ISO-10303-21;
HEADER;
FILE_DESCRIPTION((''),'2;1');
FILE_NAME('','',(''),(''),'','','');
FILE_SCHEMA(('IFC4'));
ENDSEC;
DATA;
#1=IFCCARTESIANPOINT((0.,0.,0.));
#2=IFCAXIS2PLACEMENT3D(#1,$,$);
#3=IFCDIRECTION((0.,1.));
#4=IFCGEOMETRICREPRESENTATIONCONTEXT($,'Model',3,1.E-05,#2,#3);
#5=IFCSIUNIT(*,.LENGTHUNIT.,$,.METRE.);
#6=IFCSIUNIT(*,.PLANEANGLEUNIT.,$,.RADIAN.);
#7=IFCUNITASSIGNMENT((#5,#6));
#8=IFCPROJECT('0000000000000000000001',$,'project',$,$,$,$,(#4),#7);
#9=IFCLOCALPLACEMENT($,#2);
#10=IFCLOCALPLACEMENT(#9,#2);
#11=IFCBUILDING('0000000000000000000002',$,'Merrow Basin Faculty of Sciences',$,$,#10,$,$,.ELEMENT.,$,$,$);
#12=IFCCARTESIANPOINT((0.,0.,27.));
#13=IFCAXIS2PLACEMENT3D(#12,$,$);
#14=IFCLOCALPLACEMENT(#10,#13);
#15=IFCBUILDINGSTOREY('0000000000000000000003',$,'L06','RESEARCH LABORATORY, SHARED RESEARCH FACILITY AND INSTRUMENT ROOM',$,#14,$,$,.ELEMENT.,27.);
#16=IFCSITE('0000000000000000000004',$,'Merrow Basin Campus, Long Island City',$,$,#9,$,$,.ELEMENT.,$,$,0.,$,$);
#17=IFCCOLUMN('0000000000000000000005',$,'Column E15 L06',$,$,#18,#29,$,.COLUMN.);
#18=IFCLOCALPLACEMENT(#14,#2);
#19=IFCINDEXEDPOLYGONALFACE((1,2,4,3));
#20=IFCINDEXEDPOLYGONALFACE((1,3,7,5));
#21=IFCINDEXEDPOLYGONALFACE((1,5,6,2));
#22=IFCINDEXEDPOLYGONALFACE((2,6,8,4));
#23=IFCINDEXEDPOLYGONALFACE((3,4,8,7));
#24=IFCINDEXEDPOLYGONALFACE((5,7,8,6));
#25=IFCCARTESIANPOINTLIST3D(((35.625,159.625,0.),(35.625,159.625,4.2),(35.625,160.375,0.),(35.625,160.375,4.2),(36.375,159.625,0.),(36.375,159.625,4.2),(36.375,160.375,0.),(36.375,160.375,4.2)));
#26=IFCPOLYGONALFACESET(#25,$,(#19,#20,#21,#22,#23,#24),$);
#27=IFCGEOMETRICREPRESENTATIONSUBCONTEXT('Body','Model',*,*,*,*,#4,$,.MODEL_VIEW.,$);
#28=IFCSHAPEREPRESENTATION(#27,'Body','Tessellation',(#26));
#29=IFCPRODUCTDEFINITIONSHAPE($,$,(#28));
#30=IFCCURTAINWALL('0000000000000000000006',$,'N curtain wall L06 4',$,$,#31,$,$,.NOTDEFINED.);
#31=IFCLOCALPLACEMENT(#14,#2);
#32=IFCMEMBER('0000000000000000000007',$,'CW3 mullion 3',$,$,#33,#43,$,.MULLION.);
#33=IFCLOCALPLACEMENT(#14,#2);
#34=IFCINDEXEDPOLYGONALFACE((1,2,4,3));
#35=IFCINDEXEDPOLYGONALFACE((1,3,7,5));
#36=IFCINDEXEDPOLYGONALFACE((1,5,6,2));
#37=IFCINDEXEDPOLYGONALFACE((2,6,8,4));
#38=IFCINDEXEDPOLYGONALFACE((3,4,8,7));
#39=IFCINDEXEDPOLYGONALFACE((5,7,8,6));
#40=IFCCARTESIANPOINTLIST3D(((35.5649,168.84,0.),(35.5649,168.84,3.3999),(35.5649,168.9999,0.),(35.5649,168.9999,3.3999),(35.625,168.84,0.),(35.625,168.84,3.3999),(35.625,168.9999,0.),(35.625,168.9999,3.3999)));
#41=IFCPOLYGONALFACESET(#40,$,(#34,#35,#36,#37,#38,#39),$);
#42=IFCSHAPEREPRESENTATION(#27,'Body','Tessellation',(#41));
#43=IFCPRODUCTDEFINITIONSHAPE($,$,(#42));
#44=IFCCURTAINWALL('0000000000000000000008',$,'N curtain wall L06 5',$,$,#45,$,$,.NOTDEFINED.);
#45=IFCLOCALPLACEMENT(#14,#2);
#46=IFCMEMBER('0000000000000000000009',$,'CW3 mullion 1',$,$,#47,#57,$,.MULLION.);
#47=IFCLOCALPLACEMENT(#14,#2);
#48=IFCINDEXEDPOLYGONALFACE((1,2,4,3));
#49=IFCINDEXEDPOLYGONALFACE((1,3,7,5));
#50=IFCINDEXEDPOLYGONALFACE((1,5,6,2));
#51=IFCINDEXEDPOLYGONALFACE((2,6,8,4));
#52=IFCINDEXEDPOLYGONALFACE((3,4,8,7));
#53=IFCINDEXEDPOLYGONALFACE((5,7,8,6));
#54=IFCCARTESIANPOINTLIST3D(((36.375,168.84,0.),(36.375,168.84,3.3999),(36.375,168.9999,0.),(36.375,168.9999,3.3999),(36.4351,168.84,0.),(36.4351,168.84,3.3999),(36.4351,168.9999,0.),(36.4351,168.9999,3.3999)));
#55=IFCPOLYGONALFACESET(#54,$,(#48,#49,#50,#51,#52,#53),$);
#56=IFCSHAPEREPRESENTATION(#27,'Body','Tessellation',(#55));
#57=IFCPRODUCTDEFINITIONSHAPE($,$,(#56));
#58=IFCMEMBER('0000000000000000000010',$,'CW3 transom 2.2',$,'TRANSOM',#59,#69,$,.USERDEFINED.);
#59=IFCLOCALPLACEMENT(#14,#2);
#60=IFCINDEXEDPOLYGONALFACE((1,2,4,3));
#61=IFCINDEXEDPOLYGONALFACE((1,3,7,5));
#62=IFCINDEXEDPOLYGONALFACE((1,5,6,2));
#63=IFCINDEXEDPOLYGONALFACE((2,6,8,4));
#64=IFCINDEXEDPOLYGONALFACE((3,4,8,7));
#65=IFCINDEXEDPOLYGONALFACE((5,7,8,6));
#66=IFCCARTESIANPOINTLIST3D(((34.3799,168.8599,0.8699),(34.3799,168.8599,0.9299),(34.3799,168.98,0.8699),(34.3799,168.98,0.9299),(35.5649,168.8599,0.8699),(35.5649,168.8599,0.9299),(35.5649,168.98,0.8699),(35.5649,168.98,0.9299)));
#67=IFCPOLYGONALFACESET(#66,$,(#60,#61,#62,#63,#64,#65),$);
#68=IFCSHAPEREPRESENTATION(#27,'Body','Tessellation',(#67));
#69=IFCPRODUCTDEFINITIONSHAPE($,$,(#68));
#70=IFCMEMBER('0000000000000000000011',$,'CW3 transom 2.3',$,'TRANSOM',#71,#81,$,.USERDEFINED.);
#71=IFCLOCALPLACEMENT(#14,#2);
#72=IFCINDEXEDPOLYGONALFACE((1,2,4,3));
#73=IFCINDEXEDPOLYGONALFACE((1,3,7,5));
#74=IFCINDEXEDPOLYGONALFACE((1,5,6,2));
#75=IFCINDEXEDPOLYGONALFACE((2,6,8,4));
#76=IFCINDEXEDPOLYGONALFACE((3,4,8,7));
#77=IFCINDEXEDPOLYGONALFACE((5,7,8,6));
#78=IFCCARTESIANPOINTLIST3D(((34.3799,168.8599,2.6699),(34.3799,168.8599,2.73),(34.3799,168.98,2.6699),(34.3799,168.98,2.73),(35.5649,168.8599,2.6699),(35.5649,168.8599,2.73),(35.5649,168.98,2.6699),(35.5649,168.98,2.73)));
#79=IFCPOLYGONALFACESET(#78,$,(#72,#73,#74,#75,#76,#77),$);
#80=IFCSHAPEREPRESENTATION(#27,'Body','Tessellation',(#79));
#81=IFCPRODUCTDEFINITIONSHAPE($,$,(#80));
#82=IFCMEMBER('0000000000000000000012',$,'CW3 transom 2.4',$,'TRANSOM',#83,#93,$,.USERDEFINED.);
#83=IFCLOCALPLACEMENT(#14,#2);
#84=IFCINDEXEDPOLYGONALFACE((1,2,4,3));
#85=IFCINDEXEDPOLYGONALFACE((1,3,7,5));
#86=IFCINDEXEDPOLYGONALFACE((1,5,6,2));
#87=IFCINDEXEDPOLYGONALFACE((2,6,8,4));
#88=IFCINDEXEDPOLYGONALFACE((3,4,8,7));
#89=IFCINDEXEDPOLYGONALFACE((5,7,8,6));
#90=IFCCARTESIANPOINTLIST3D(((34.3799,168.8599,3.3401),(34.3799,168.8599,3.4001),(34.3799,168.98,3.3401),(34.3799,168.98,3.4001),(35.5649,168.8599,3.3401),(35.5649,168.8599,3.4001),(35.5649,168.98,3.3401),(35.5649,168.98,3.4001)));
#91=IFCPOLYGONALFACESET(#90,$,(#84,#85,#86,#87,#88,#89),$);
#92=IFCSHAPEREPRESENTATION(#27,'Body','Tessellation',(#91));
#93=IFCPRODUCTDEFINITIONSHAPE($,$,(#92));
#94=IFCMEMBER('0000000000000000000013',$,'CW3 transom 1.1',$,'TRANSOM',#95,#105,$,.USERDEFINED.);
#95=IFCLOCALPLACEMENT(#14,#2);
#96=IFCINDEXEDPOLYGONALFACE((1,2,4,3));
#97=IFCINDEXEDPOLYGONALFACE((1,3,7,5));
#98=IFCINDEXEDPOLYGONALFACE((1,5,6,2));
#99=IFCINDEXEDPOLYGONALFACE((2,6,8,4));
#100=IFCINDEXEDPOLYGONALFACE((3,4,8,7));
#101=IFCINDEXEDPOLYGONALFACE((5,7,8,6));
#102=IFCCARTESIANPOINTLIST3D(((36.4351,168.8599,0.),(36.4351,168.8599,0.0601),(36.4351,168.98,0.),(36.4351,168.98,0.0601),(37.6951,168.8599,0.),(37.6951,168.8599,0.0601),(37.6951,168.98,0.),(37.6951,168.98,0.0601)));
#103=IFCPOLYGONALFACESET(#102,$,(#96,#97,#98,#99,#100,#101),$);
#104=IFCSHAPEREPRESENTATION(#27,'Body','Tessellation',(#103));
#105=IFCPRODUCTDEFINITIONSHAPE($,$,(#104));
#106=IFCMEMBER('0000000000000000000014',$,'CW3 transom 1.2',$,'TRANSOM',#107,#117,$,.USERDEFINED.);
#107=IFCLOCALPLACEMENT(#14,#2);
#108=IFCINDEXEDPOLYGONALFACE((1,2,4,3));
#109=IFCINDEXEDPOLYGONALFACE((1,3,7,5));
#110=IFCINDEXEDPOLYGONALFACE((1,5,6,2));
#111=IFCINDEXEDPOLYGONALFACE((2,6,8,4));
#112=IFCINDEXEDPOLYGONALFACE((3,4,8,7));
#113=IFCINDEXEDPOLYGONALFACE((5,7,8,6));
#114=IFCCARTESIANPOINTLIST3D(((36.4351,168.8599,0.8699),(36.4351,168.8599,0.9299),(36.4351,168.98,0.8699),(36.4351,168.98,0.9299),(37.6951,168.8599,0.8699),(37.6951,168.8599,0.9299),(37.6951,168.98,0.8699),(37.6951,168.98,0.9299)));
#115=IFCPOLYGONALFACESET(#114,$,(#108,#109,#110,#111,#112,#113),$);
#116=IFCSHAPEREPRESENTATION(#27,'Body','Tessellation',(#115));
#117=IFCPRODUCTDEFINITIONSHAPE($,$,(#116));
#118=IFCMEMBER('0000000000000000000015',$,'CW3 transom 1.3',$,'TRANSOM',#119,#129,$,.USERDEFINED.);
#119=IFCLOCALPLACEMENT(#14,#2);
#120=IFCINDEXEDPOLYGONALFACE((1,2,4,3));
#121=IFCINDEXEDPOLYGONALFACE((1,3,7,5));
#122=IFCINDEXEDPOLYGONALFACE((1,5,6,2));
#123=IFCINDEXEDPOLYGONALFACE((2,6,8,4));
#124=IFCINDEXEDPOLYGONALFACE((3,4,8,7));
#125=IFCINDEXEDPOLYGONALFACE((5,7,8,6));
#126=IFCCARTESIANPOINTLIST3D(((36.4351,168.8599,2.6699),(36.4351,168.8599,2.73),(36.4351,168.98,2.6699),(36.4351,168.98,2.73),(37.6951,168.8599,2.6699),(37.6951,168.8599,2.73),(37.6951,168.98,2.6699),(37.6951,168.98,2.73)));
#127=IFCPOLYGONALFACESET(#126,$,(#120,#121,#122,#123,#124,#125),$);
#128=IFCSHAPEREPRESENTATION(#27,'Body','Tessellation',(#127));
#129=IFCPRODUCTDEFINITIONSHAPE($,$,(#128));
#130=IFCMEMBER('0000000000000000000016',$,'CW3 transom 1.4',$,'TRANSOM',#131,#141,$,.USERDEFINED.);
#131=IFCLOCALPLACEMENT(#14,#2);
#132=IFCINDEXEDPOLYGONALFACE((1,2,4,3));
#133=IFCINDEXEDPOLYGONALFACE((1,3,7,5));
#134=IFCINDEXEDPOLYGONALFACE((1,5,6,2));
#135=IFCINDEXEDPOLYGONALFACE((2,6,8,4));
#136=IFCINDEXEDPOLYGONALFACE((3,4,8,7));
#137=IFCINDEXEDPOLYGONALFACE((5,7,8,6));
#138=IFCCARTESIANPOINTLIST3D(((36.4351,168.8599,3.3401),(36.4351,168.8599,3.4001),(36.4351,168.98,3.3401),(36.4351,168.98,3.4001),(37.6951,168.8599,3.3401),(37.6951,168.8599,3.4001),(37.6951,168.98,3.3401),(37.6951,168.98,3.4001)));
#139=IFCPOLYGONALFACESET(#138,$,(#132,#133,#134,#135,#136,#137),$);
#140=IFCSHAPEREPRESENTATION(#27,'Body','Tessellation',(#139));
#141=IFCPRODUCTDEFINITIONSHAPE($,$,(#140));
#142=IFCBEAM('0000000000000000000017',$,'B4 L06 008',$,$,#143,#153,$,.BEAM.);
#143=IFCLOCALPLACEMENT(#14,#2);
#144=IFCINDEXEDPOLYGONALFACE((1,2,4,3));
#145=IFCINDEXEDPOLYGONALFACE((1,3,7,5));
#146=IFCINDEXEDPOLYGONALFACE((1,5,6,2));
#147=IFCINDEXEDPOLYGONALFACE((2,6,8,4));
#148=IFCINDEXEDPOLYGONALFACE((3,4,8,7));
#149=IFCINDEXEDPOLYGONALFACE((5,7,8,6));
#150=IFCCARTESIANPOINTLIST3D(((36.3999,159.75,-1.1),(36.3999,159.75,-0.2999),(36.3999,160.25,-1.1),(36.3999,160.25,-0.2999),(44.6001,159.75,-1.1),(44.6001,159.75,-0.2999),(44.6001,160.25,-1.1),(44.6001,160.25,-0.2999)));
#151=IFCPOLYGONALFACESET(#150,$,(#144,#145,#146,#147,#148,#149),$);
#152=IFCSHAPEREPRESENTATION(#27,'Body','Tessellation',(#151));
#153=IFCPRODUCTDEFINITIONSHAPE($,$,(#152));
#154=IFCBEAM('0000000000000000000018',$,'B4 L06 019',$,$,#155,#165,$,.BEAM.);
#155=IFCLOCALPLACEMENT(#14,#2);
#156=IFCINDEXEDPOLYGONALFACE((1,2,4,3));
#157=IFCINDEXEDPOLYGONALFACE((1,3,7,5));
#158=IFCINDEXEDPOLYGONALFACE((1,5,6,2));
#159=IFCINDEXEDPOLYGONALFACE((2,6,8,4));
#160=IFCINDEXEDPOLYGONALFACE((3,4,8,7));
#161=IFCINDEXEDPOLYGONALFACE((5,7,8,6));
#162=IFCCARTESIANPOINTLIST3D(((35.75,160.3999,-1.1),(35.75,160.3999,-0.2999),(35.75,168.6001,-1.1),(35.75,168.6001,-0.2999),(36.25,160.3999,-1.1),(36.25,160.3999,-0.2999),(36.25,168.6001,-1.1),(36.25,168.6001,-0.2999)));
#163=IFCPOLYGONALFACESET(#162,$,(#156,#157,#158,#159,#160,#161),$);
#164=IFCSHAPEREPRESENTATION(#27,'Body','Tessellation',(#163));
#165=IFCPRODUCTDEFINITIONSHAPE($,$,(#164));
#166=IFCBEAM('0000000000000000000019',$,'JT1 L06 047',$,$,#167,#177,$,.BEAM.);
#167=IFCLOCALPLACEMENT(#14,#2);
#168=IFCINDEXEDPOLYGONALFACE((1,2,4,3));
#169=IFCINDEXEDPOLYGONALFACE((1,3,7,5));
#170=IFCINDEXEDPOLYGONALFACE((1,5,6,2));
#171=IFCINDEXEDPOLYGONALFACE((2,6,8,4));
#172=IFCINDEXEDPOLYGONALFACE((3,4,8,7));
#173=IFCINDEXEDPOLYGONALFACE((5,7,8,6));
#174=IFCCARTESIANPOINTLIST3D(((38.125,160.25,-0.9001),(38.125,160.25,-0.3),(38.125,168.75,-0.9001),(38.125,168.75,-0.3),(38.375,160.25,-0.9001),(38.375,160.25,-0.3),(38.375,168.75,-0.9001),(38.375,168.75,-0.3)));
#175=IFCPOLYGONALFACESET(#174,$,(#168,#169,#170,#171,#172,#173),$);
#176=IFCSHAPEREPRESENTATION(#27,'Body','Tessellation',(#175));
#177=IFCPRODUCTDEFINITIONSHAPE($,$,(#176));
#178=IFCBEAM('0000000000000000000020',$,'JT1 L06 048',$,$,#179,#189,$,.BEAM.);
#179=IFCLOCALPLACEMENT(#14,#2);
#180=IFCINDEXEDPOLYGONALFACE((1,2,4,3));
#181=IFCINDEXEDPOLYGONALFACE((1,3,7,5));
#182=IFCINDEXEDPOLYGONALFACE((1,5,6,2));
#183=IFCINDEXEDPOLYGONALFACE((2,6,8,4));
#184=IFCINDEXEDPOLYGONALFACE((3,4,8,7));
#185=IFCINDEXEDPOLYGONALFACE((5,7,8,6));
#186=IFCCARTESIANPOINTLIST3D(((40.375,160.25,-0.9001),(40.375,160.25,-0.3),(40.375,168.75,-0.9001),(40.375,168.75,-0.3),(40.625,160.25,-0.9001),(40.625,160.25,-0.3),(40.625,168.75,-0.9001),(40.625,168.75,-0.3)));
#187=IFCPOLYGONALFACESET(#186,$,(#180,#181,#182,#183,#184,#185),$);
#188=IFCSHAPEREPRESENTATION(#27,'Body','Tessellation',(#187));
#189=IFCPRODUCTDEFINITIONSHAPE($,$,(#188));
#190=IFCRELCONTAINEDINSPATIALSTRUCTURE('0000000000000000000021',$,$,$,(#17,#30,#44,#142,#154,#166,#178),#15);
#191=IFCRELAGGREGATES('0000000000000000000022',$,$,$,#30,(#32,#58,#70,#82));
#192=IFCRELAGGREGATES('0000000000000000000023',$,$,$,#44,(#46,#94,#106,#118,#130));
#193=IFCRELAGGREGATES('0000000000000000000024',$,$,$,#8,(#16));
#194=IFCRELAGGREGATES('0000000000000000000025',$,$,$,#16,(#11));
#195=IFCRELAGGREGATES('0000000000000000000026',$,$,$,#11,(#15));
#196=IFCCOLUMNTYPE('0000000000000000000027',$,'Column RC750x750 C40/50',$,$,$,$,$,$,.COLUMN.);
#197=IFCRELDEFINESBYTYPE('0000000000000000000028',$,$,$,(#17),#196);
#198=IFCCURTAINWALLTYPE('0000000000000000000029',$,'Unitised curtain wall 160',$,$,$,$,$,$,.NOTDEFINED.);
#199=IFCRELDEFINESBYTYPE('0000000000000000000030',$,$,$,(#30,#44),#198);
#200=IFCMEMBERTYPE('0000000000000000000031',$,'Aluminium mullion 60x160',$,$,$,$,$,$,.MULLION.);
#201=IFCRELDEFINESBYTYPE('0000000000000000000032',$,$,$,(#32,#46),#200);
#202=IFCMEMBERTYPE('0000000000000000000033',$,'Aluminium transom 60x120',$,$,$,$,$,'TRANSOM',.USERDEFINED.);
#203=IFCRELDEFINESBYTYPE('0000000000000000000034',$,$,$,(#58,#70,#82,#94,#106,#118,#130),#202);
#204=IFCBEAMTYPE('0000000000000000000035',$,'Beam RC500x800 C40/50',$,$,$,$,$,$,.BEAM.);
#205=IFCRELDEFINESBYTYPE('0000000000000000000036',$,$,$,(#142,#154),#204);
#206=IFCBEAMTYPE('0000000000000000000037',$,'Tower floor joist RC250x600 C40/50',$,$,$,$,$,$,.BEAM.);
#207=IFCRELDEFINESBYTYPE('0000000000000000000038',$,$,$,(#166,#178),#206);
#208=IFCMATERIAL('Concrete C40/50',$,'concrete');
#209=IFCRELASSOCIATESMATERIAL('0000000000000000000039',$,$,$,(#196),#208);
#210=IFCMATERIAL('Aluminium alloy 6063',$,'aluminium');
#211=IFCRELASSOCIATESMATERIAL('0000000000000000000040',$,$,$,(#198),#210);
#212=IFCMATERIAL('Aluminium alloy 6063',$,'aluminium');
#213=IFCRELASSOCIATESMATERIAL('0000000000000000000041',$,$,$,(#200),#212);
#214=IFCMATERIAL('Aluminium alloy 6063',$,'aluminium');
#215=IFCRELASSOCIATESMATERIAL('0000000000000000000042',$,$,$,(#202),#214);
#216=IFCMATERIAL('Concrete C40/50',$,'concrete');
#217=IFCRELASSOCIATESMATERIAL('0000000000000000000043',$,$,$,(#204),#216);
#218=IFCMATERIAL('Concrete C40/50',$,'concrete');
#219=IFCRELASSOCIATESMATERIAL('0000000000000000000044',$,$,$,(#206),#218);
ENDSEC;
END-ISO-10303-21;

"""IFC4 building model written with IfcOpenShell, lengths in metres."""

from ifc_helpers import new_model, si_unit, direction, frame, origin, origin_2d, place, context, subcontext, project, spatial, rectangle, extrude, material, material_profile, profile_set, type_object, element, aggregate, save


model = new_model("IFC4")

# Units and contexts
model_context = context("Model", 3, precision=1e-05, world=origin(), true_north=direction((0.0, 1.0)))
body_context = subcontext(model_context, "Body", "Model", "MODEL_VIEW")
ifc_project = project(units=[si_unit("LENGTHUNIT", "METRE"), si_unit("PLANEANGLEUNIT", "RADIAN")], contexts=[model_context])

# Site, building, storey
site_placement = place(None, origin())
site = spatial("IfcSite", under=ifc_project, at=site_placement, Name="Merrow Basin Campus, Long Island City", CompositionType="ELEMENT", RefElevation=0.0)
building_placement = place(site_placement, origin())
building = spatial("IfcBuilding", under=site, at=building_placement, Name="Merrow Basin Faculty of Sciences", CompositionType="ELEMENT")
storey_placement = place(building_placement, frame((0.0, 0.0, 27.0)))
storey = spatial("IfcBuildingStorey", under=building, at=storey_placement, Name="L06", Description="RESEARCH LABORATORY, SHARED RESEARCH FACILITY AND INSTRUMENT ROOM", CompositionType="ELEMENT", Elevation=27.0)

# Column
ifc_material_1 = material(Name="Concrete C40/50", Category="concrete")
ifc_material_profile_1 = material_profile(ifc_material_1, rectangle(XDim=0.75, YDim=0.75, at=origin_2d()))
ifc_profile_set_1 = profile_set([ifc_material_profile_1], Name="Concrete C40/50")
column_type = type_object("IfcColumnType", Name="Column RC750x750 C40/50", PredefinedType="COLUMN", material=ifc_profile_set_1)
column_placement = place(storey_placement, frame((36.0, 160.0, 0.0), z_axis=(0.0, 0.0, 1.0), x_axis=(1.0, 0.0, 0.0)))
element("IfcColumn", 1, at=column_placement, inside=storey, type_object=column_type, Name="Column E15 L06", PredefinedType="COLUMN", context=body_context, shape_type="SweptSolid", body=[
    extrude(rectangle(XDim=0.75, YDim=0.75, at=origin_2d()), origin(), (0.0, 0.0, 1.0), 4.2),
])

# Curtain walls, members
ifc_material_2 = material(Name="Aluminium alloy 6063", Category="aluminium")
curtain_wall_type = type_object("IfcCurtainWallType", Name="Unitised curtain wall 160", PredefinedType="NOTDEFINED", material=ifc_material_2)
curtain_wall_1_placement = place(storey_placement, origin())
curtain_wall_1 = element("IfcCurtainWall", 2, at=curtain_wall_1_placement, inside=storey, type_object=curtain_wall_type, Name="N curtain wall L06 4", PredefinedType="NOTDEFINED")
ifc_material_3 = material(Name="Aluminium alloy 6063", Category="aluminium")
ifc_material_profile_2 = material_profile(ifc_material_3, rectangle(XDim=0.1599, YDim=0.0601, at=origin_2d()))
ifc_profile_set_2 = profile_set([ifc_material_profile_2], Name="Aluminium alloy 6063")
member_type_1 = type_object("IfcMemberType", Name="Aluminium mullion 60x160", PredefinedType="MULLION", material=ifc_profile_set_2)
member_1_placement = place(storey_placement, frame((35.595, 168.9199, 0.0), z_axis=(0.0, 0.0, 1.0), x_axis=(0.0, 1.0, 0.0)))
member_1 = element("IfcMember", 3, at=member_1_placement, type_object=member_type_1, Name="CW3 mullion 3", PredefinedType="MULLION", context=body_context, shape_type="SweptSolid", body=[
    extrude(rectangle(XDim=0.1599, YDim=0.0601, at=origin_2d()), origin(), (0.0, 0.0, 1.0), 3.3999),
])
curtain_wall_2_placement = place(storey_placement, origin())
curtain_wall_2 = element("IfcCurtainWall", 4, at=curtain_wall_2_placement, inside=storey, type_object=curtain_wall_type, Name="N curtain wall L06 5", PredefinedType="NOTDEFINED")
member_2_placement = place(storey_placement, frame((36.405, 168.9199, 0.0), z_axis=(0.0, 0.0, 1.0), x_axis=(0.0, 1.0, 0.0)))
member_2 = element("IfcMember", 5, at=member_2_placement, type_object=member_type_1, Name="CW3 mullion 1", PredefinedType="MULLION", context=body_context, shape_type="SweptSolid", body=[
    extrude(rectangle(XDim=0.1599, YDim=0.0601, at=origin_2d()), origin(), (0.0, 0.0, 1.0), 3.3999),
])

# Members
ifc_material_4 = material(Name="Aluminium alloy 6063", Category="aluminium")
ifc_material_profile_3 = material_profile(ifc_material_4, rectangle(XDim=0.1201, YDim=0.0601, at=origin_2d()))
ifc_profile_set_3 = profile_set([ifc_material_profile_3], Name="Aluminium alloy 6063")
member_type_2 = type_object("IfcMemberType", Name="Aluminium transom 60x120", ElementType="TRANSOM", PredefinedType="USERDEFINED", material=ifc_profile_set_3)
member_3_placement = place(storey_placement, frame((34.3799, 168.9199, 0.8999), z_axis=(1.0, 0.0, 0.0), x_axis=(0.0, 1.0, 0.0)))
member_3 = element("IfcMember", 6, at=member_3_placement, type_object=member_type_2, Name="CW3 transom 2.2", ObjectType="TRANSOM", PredefinedType="USERDEFINED", context=body_context, shape_type="SweptSolid", body=[
    extrude(rectangle(XDim=0.1201, YDim=0.0601, at=origin_2d()), origin(), (0.0, 0.0, 1.0), 1.1851),
])
member_4_placement = place(storey_placement, frame((34.3799, 168.9199, 2.7), z_axis=(1.0, 0.0, 0.0), x_axis=(0.0, 1.0, 0.0)))
member_4 = element("IfcMember", 7, at=member_4_placement, type_object=member_type_2, Name="CW3 transom 2.3", ObjectType="TRANSOM", PredefinedType="USERDEFINED", context=body_context, shape_type="SweptSolid", body=[
    extrude(rectangle(XDim=0.1201, YDim=0.0601, at=origin_2d()), origin(), (0.0, 0.0, 1.0), 1.1851),
])
member_5_placement = place(storey_placement, frame((34.3799, 168.9199, 3.3701), z_axis=(1.0, 0.0, 0.0), x_axis=(0.0, 1.0, 0.0)))
member_5 = element("IfcMember", 8, at=member_5_placement, type_object=member_type_2, Name="CW3 transom 2.4", ObjectType="TRANSOM", PredefinedType="USERDEFINED", context=body_context, shape_type="SweptSolid", body=[
    extrude(rectangle(XDim=0.1201, YDim=0.0601, at=origin_2d()), origin(), (0.0, 0.0, 1.0), 1.1851),
])
member_6_placement = place(storey_placement, frame((36.4351, 168.9199, 0.03), z_axis=(1.0, 0.0, 0.0), x_axis=(0.0, 1.0, 0.0)))
member_6 = element("IfcMember", 9, at=member_6_placement, type_object=member_type_2, Name="CW3 transom 1.1", ObjectType="TRANSOM", PredefinedType="USERDEFINED", context=body_context, shape_type="SweptSolid", body=[
    extrude(rectangle(XDim=0.1201, YDim=0.0601, at=origin_2d()), origin(), (0.0, 0.0, 1.0), 1.26),
])
member_7_placement = place(storey_placement, frame((36.4351, 168.9199, 0.8999), z_axis=(1.0, 0.0, 0.0), x_axis=(0.0, 1.0, 0.0)))
member_7 = element("IfcMember", 10, at=member_7_placement, type_object=member_type_2, Name="CW3 transom 1.2", ObjectType="TRANSOM", PredefinedType="USERDEFINED", context=body_context, shape_type="SweptSolid", body=[
    extrude(rectangle(XDim=0.1201, YDim=0.0601, at=origin_2d()), origin(), (0.0, 0.0, 1.0), 1.26),
])
member_8_placement = place(storey_placement, frame((36.4351, 168.9199, 2.7), z_axis=(1.0, 0.0, 0.0), x_axis=(0.0, 1.0, 0.0)))
member_8 = element("IfcMember", 11, at=member_8_placement, type_object=member_type_2, Name="CW3 transom 1.3", ObjectType="TRANSOM", PredefinedType="USERDEFINED", context=body_context, shape_type="SweptSolid", body=[
    extrude(rectangle(XDim=0.1201, YDim=0.0601, at=origin_2d()), origin(), (0.0, 0.0, 1.0), 1.26),
])
member_9_placement = place(storey_placement, frame((36.4351, 168.9199, 3.3701), z_axis=(1.0, 0.0, 0.0), x_axis=(0.0, 1.0, 0.0)))
member_9 = element("IfcMember", 12, at=member_9_placement, type_object=member_type_2, Name="CW3 transom 1.4", ObjectType="TRANSOM", PredefinedType="USERDEFINED", context=body_context, shape_type="SweptSolid", body=[
    extrude(rectangle(XDim=0.1201, YDim=0.0601, at=origin_2d()), origin(), (0.0, 0.0, 1.0), 1.26),
])

# Beams
ifc_material_5 = material(Name="Concrete C40/50", Category="concrete")
ifc_material_profile_4 = material_profile(ifc_material_5, rectangle(XDim=0.5, YDim=0.8, at=origin_2d()))
ifc_profile_set_4 = profile_set([ifc_material_profile_4], Name="Concrete C40/50")
beam_type_1 = type_object("IfcBeamType", Name="Beam RC500x800 C40/50", PredefinedType="BEAM", material=ifc_profile_set_4)
for number, where, z_axis, x_axis, name in (
    (13, (36.3999, 160.0, -0.7), (1.0, 0.0, 0.0), (0.0, 1.0, 0.0), "B4 L06 008"),
    (14, (36.0, 160.3999, -0.7), (0.0, 1.0, 0.0), (-1.0, 0.0, 0.0), "B4 L06 019"),
):
    element("IfcBeam", number, at=place(storey_placement, frame(where, z_axis=z_axis, x_axis=x_axis)), inside=storey, type_object=beam_type_1, Name=name, PredefinedType="BEAM", context=body_context, shape_type="SweptSolid", body=[
        extrude(rectangle(XDim=0.5, YDim=0.8, at=origin_2d()), origin(), (0.0, 0.0, 1.0), 8.2002),
    ])
ifc_material_6 = material(Name="Concrete C40/50", Category="concrete")
ifc_material_profile_5 = material_profile(ifc_material_6, rectangle(XDim=0.25, YDim=0.6001, at=origin_2d()))
ifc_profile_set_5 = profile_set([ifc_material_profile_5], Name="Concrete C40/50")
beam_type_2 = type_object("IfcBeamType", Name="Tower floor joist RC250x600 C40/50", PredefinedType="BEAM", material=ifc_profile_set_5)
for number, where, z_axis, x_axis, name in (
    (15, (38.25, 160.25, -0.6001), (0.0, 1.0, 0.0), (-1.0, 0.0, 0.0), "JT1 L06 047"),
    (16, (40.5, 160.25, -0.6001), (0.0, 1.0, 0.0), (-1.0, 0.0, 0.0), "JT1 L06 048"),
):
    element("IfcBeam", number, at=place(storey_placement, frame(where, z_axis=z_axis, x_axis=x_axis)), inside=storey, type_object=beam_type_2, Name=name, PredefinedType="BEAM", context=body_context, shape_type="SweptSolid", body=[
        extrude(rectangle(XDim=0.25, YDim=0.6001, at=origin_2d()), origin(), (0.0, 0.0, 1.0), 8.5),
    ])

aggregate(curtain_wall_1, [member_1, member_3, member_4, member_5])
aggregate(curtain_wall_2, [member_2, member_6, member_7, member_8, member_9])

save(model, "model.ifc")
